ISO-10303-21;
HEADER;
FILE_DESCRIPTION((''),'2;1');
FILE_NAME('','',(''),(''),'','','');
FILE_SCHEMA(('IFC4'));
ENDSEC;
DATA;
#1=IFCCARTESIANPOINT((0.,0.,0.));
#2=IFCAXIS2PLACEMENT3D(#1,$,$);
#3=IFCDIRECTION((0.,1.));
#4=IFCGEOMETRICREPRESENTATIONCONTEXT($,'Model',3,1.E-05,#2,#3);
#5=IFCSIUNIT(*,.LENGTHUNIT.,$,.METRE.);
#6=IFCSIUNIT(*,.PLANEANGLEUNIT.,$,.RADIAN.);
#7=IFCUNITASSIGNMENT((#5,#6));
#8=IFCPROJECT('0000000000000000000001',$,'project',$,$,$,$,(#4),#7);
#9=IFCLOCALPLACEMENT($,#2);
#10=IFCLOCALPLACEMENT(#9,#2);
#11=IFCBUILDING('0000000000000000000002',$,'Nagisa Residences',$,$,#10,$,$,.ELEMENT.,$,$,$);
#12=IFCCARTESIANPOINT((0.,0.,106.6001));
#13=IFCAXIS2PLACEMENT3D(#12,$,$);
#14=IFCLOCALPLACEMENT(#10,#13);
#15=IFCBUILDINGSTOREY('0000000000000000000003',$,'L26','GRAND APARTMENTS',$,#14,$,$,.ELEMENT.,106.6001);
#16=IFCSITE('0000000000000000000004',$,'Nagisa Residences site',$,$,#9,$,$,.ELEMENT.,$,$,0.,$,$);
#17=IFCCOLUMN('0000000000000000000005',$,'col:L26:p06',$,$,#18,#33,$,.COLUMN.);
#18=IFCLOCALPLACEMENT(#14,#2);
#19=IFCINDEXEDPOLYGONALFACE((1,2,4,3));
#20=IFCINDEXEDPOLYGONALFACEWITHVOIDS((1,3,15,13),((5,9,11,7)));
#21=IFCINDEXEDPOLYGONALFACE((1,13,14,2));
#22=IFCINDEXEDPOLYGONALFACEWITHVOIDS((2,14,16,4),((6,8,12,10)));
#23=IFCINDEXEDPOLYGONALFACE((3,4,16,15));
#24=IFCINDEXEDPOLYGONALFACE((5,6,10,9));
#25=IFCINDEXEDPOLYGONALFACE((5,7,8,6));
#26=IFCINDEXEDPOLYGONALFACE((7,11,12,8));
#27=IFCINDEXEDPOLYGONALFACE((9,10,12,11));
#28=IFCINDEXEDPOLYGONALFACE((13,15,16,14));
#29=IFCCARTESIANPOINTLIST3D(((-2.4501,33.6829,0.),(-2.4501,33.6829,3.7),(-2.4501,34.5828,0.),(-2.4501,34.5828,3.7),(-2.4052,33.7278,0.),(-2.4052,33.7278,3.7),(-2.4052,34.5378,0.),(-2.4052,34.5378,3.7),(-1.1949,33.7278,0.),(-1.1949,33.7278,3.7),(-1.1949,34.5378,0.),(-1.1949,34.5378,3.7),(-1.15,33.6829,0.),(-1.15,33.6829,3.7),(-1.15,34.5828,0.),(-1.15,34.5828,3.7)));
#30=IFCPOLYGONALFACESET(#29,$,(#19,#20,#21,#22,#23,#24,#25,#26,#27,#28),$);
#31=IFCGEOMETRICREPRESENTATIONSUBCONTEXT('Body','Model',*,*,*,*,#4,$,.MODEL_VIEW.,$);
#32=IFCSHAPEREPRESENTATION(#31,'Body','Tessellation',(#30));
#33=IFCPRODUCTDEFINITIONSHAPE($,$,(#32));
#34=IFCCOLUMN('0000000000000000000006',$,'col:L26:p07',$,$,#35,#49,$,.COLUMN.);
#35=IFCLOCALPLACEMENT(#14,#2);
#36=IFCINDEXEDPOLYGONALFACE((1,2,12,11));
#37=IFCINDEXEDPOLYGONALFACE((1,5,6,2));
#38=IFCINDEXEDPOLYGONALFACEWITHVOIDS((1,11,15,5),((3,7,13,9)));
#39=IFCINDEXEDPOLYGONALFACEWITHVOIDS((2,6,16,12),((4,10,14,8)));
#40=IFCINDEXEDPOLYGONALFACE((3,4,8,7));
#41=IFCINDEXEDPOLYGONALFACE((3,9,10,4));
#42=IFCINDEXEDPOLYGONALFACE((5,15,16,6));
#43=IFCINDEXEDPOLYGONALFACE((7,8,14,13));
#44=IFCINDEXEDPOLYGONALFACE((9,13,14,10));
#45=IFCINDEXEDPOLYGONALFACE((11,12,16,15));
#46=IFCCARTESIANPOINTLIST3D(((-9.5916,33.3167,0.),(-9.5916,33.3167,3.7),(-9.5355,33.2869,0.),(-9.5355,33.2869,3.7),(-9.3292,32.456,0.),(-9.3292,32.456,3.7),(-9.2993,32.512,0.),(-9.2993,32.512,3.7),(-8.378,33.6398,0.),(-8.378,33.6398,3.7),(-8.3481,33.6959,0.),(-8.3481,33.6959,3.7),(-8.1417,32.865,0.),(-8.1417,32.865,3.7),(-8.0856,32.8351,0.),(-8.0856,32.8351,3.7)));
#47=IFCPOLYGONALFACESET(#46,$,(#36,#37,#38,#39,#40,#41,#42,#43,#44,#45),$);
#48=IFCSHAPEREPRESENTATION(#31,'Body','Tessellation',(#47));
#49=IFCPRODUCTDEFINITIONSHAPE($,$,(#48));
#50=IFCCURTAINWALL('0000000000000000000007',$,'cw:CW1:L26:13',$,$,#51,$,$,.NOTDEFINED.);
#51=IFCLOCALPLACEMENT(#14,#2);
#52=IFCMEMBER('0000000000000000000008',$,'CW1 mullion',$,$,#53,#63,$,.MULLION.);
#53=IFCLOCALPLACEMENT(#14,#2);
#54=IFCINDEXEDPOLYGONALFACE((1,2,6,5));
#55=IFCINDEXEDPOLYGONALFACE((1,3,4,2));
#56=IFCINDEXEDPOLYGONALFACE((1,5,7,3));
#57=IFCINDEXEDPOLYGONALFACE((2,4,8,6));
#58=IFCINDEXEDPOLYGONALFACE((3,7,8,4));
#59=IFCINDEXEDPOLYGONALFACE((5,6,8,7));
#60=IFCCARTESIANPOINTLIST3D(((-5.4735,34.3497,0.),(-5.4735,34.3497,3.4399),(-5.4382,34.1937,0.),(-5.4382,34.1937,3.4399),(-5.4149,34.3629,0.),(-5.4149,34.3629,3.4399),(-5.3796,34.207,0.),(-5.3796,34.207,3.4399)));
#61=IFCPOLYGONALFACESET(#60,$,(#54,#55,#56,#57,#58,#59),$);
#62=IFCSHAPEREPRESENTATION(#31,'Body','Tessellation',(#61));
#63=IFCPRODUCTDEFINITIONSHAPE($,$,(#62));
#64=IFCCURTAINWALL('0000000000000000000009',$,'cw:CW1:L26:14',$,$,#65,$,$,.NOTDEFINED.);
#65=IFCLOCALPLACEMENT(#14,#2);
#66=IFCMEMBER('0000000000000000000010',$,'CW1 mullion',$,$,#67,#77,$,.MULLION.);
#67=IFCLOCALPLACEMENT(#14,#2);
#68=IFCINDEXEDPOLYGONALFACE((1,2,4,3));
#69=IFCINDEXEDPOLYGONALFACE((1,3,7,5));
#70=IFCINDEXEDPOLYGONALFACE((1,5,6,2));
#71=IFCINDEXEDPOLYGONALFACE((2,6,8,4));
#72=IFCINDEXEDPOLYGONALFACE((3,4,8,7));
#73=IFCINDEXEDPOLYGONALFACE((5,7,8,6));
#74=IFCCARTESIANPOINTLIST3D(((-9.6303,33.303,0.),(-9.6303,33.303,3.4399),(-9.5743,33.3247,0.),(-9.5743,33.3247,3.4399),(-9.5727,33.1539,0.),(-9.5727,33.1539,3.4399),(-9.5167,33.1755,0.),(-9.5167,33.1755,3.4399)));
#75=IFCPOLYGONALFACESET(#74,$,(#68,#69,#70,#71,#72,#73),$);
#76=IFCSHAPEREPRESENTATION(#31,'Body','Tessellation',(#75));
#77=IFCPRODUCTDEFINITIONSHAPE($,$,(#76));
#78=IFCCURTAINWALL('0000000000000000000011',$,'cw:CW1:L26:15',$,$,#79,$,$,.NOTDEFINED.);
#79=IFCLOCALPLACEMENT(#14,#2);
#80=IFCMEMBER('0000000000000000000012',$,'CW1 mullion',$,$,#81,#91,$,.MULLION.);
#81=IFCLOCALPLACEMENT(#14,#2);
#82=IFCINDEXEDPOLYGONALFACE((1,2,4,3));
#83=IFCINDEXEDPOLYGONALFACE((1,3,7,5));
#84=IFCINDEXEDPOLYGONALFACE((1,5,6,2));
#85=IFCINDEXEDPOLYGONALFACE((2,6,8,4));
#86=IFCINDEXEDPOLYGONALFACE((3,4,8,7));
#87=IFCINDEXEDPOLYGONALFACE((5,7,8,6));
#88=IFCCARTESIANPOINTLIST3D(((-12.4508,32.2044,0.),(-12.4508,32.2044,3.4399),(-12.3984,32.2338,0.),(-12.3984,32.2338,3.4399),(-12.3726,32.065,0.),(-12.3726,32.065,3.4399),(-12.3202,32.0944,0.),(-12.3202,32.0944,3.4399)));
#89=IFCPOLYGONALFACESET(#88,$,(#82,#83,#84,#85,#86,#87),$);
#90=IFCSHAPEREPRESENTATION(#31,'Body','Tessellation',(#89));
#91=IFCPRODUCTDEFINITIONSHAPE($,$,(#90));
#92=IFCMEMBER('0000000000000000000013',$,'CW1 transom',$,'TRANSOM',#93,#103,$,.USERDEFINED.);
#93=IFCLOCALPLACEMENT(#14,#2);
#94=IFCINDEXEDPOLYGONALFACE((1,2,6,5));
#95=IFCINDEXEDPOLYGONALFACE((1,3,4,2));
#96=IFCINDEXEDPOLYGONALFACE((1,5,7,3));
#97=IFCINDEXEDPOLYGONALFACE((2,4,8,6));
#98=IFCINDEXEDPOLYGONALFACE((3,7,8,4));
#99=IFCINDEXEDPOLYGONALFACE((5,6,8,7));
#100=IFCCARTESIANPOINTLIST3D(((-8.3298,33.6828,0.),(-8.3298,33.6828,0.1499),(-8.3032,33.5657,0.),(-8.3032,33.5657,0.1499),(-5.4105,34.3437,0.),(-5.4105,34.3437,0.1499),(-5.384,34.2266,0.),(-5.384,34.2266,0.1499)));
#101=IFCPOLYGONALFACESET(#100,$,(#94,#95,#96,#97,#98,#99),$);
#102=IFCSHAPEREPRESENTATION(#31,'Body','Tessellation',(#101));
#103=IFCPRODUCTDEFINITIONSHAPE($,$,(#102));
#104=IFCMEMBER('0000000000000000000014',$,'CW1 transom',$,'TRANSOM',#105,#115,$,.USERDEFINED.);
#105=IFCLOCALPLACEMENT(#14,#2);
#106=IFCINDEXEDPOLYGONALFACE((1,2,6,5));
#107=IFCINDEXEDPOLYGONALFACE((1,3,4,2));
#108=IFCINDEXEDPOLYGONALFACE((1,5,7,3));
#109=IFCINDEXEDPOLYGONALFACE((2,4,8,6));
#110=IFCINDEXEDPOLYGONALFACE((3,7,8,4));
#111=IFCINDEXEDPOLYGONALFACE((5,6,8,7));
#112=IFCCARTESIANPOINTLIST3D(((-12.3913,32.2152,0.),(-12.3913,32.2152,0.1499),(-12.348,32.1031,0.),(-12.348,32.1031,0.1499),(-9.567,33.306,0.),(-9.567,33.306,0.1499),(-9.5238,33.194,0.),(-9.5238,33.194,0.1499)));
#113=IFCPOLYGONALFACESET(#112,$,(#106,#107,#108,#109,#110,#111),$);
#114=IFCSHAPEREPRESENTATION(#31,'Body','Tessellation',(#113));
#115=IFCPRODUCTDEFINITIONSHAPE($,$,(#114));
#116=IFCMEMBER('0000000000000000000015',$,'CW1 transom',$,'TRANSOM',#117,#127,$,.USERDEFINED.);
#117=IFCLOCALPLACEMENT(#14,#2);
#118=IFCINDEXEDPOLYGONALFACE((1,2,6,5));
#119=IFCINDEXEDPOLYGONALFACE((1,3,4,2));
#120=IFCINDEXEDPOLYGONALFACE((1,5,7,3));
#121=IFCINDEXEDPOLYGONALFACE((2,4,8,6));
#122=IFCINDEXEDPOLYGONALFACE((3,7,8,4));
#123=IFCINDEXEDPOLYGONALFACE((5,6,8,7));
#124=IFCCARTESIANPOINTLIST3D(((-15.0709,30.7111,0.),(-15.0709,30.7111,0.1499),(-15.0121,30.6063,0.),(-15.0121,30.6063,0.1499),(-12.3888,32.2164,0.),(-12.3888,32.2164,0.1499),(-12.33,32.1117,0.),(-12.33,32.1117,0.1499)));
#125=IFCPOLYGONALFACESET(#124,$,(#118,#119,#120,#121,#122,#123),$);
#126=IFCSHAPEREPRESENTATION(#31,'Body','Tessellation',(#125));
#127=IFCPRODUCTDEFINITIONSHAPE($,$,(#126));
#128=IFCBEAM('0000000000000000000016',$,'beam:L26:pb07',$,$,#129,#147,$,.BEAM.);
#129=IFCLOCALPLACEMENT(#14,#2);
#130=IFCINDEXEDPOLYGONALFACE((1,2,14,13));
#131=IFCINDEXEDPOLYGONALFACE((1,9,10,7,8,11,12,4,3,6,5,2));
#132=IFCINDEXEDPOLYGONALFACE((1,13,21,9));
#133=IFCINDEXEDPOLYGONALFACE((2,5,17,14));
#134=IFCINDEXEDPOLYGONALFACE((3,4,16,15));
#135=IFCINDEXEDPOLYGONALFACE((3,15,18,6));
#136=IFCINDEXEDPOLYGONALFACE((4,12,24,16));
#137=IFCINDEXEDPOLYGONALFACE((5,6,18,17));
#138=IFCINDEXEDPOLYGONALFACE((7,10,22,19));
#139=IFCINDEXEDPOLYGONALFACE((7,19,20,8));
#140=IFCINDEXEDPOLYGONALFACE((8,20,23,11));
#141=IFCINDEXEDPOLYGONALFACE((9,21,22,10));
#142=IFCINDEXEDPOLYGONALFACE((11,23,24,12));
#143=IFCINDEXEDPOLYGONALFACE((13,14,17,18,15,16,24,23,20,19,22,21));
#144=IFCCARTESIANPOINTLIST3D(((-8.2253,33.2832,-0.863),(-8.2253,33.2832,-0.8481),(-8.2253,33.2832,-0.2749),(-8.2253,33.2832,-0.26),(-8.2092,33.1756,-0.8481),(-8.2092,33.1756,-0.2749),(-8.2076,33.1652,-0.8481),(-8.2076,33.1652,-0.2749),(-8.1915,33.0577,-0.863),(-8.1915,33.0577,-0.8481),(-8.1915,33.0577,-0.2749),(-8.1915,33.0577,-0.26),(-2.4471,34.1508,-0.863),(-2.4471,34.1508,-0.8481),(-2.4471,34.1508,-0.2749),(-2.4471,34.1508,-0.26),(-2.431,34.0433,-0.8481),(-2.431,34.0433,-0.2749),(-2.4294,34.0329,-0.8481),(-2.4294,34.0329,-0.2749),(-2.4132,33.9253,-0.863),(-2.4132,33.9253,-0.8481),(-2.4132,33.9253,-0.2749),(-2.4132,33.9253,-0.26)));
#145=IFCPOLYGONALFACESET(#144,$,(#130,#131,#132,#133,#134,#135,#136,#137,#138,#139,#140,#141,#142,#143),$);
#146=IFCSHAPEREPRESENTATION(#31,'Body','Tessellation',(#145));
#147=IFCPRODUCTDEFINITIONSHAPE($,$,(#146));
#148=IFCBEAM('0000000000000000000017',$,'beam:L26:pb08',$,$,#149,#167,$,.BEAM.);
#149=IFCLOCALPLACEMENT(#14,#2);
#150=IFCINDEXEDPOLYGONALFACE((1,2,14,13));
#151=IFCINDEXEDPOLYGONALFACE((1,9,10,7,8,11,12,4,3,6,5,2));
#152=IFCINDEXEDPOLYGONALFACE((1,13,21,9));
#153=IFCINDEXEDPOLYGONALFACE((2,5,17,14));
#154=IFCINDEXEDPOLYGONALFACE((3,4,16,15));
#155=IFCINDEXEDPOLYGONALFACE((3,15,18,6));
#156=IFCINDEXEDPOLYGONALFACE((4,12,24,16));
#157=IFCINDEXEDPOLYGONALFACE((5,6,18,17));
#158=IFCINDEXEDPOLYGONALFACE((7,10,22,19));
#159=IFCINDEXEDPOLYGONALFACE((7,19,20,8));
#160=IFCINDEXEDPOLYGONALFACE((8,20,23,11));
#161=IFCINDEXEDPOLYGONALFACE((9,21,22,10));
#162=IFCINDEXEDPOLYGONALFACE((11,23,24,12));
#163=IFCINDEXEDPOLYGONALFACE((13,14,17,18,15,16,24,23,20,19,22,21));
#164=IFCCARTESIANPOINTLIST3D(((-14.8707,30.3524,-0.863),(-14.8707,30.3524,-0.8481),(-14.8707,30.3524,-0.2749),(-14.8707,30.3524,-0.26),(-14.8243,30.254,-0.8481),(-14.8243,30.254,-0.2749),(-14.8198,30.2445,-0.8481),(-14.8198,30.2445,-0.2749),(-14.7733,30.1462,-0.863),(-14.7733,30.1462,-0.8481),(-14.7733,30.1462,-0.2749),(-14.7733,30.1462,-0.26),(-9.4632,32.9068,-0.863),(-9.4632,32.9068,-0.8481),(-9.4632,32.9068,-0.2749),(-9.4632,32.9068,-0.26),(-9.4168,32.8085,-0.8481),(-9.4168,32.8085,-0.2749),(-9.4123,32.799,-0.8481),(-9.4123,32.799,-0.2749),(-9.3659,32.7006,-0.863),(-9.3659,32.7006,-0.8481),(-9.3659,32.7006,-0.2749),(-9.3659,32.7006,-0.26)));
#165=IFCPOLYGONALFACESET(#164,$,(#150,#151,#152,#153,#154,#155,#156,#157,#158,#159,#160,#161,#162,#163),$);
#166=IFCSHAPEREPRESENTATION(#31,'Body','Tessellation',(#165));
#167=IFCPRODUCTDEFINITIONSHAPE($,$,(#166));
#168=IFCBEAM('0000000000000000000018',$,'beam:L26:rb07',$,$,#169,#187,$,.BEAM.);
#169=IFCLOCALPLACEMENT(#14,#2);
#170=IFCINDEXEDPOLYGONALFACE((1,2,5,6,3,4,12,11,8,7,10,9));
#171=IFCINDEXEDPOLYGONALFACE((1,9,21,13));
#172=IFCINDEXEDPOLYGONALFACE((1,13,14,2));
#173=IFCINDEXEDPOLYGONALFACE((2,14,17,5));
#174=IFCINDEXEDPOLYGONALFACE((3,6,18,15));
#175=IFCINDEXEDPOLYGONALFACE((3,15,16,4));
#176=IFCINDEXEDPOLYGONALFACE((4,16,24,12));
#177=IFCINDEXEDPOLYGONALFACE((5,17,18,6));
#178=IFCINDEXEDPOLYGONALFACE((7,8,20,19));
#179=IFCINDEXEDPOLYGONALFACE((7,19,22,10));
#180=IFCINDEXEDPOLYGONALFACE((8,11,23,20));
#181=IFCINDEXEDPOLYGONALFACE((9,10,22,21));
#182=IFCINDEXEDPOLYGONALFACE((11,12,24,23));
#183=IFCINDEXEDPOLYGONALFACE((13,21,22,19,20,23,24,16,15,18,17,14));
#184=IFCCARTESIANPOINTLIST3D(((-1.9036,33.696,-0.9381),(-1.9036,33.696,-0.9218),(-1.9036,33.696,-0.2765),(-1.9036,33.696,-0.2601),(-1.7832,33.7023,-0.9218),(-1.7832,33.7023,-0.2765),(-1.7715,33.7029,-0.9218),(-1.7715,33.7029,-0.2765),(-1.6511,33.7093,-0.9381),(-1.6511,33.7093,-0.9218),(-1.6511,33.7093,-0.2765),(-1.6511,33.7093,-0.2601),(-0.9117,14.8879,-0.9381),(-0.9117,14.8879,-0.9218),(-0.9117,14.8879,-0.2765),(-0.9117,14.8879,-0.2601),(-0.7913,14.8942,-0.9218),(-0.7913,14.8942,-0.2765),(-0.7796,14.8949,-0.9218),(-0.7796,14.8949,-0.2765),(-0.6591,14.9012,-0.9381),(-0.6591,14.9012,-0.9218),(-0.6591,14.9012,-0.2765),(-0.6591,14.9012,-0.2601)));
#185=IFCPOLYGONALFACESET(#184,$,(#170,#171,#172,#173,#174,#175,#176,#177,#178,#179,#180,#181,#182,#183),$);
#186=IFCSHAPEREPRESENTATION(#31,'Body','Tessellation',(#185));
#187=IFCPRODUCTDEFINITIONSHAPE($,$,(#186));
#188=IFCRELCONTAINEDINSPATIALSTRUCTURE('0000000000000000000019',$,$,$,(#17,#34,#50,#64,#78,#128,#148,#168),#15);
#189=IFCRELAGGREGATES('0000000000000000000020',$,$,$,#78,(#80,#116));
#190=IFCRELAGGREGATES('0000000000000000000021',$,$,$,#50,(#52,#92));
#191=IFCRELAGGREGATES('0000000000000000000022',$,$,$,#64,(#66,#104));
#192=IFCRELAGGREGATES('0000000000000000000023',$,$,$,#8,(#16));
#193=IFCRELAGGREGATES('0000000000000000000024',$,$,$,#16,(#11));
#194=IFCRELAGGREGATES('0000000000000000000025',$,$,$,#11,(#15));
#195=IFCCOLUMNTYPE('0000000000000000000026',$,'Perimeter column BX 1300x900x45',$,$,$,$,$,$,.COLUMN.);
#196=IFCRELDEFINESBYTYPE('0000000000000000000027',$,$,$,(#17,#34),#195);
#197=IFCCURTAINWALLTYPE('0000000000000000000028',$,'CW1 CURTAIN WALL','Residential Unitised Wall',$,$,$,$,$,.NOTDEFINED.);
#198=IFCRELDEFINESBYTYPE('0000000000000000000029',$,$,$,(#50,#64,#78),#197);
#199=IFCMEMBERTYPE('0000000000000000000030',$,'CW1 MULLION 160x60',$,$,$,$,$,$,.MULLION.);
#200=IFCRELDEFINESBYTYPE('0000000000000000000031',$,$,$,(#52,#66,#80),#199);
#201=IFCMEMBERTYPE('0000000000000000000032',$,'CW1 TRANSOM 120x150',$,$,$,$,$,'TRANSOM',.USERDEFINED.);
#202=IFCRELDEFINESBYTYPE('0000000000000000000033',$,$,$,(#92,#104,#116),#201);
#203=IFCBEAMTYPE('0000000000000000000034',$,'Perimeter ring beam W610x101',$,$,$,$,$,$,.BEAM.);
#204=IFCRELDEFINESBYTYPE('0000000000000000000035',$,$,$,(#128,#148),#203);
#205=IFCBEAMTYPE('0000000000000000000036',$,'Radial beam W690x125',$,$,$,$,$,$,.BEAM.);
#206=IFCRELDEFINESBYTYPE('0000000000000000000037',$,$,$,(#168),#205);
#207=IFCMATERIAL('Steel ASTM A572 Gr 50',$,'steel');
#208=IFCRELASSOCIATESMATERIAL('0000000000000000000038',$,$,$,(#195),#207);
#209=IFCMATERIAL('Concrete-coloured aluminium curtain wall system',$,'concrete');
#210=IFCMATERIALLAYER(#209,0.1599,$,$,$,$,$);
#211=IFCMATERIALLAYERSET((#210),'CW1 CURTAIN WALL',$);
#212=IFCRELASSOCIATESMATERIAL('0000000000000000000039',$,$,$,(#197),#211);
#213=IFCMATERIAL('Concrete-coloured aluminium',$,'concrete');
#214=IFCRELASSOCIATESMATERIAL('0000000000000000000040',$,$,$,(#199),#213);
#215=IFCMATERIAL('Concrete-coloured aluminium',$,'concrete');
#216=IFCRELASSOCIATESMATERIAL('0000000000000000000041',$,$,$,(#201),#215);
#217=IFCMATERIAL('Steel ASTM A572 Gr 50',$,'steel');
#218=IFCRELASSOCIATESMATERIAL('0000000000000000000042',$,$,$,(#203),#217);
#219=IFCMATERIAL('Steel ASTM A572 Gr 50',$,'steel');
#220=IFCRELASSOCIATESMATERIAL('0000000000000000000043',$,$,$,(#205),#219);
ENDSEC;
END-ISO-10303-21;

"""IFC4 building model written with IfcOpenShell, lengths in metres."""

from ifc_helpers import new_model, si_unit, direction, frame, origin, origin_2d, place, context, subcontext, project, spatial, rectangle, hollow_rectangle, i_section, extrude, material, layer, layer_set, material_profile, profile_set, type_object, element, aggregate, save


model = new_model("IFC4")

# Units and contexts
model_context = context("Model", 3, precision=1e-05, world=origin(), true_north=direction((0.0, 1.0)))
body_context = subcontext(model_context, "Body", "Model", "MODEL_VIEW")
ifc_project = project(units=[si_unit("LENGTHUNIT", "METRE"), si_unit("PLANEANGLEUNIT", "RADIAN")], contexts=[model_context])

# Site, building, storey
site_placement = place(None, origin())
site = spatial("IfcSite", under=ifc_project, at=site_placement, Name="Nagisa Residences site", CompositionType="ELEMENT", RefElevation=0.0)
building_placement = place(site_placement, origin())
building = spatial("IfcBuilding", under=site, at=building_placement, Name="Nagisa Residences", CompositionType="ELEMENT")
storey_placement = place(building_placement, frame((0.0, 0.0, 106.6001)))
storey = spatial("IfcBuildingStorey", under=building, at=storey_placement, Name="L26", Description="GRAND APARTMENTS", CompositionType="ELEMENT", Elevation=106.6001)

# Columns
ifc_material_1 = material(Name="Steel ASTM A572 Gr 50", Category="steel")
ifc_material_profile_1 = material_profile(ifc_material_1, hollow_rectangle(XDim=1.3, YDim=0.8999, WallThickness=0.0449, at=origin_2d()), Name="BX 1300x900x45")
ifc_profile_set_1 = profile_set([ifc_material_profile_1], Name="Steel ASTM A572 Gr 50")
column_type = type_object("IfcColumnType", Name="Perimeter column BX 1300x900x45", PredefinedType="COLUMN", material=ifc_profile_set_1)
for number, where, z_axis, x_axis, name in (
    (1, (-1.8, 34.1328, 0.0), (0.0, 0.0, 1.0), (-1.0, 0.0, 0.0), "col:L26:p06"),
    (2, (-8.8386, 33.0759, 0.0), (0.0, 0.0, 1.0), (-0.956525, -0.291652, 0.0), "col:L26:p07"),
):
    element("IfcColumn", number, at=place(storey_placement, frame(where, z_axis=z_axis, x_axis=x_axis)), inside=storey, type_object=column_type, Name=name, PredefinedType="COLUMN", context=body_context, shape_type="SweptSolid", body=[
        extrude(hollow_rectangle(XDim=1.3, YDim=0.8999, WallThickness=0.0449, at=origin_2d()), origin(), (0.0, 0.0, 1.0), 3.7),
    ])

# Curtain walls, members
ifc_material_2 = material(Name="Concrete-coloured aluminium curtain wall system", Category="concrete")
ifc_layer_1 = layer(ifc_material_2, 0.1599)
ifc_layer_set_1 = layer_set([ifc_layer_1], Name="CW1 CURTAIN WALL")
curtain_wall_type = type_object("IfcCurtainWallType", Name="CW1 CURTAIN WALL", Description="Residential Unitised Wall", PredefinedType="NOTDEFINED", material=ifc_layer_set_1)
curtain_wall_1_placement = place(storey_placement, origin())
curtain_wall_1 = element("IfcCurtainWall", 3, at=curtain_wall_1_placement, inside=storey, type_object=curtain_wall_type, Name="cw:CW1:L26:13", PredefinedType="NOTDEFINED")
ifc_material_3 = material(Name="Concrete-coloured aluminium", Category="concrete")
ifc_material_profile_2 = material_profile(ifc_material_3, rectangle(XDim=0.1599, YDim=0.0601, at=origin_2d()), Name="CW1 MULLION 160x60")
ifc_profile_set_2 = profile_set([ifc_material_profile_2], Name="Concrete-coloured aluminium")
member_type_1 = type_object("IfcMemberType", Name="CW1 MULLION 160x60", PredefinedType="MULLION", material=ifc_profile_set_2)
member_1_placement = place(storey_placement, frame((-5.4265, 34.2783, 0.0), z_axis=(0.0, 0.0, 1.0), x_axis=(0.220764, -0.975327, 0.0)))
member_1 = element("IfcMember", 4, at=member_1_placement, type_object=member_type_1, Name="CW1 mullion", PredefinedType="MULLION", context=body_context, shape_type="SweptSolid", body=[
    extrude(rectangle(XDim=0.1599, YDim=0.0601, at=origin_2d()), origin(), (0.0, 0.0, 1.0), 3.4399),
])
curtain_wall_2_placement = place(storey_placement, origin())
curtain_wall_2 = element("IfcCurtainWall", 5, at=curtain_wall_2_placement, inside=storey, type_object=curtain_wall_type, Name="cw:CW1:L26:14", PredefinedType="NOTDEFINED")
member_2_placement = place(storey_placement, frame((-9.5735, 33.2393, 0.0), z_axis=(0.0, 0.0, 1.0), x_axis=(0.360328, -0.932826, 0.0)))
member_2 = element("IfcMember", 6, at=member_2_placement, type_object=member_type_1, Name="CW1 mullion", PredefinedType="MULLION", context=body_context, shape_type="SweptSolid", body=[
    extrude(rectangle(XDim=0.1599, YDim=0.0601, at=origin_2d()), origin(), (0.0, 0.0, 1.0), 3.4399),
])
curtain_wall_3_placement = place(storey_placement, origin())
curtain_wall_3 = element("IfcCurtainWall", 7, at=curtain_wall_3_placement, inside=storey, type_object=curtain_wall_type, Name="cw:CW1:L26:15", PredefinedType="NOTDEFINED")
member_3_placement = place(storey_placement, frame((-12.3855, 32.1494, 0.0), z_axis=(0.0, 0.0, 1.0), x_axis=(0.489377, -0.872072, 0.0)))
member_3 = element("IfcMember", 8, at=member_3_placement, type_object=member_type_1, Name="CW1 mullion", PredefinedType="MULLION", context=body_context, shape_type="SweptSolid", body=[
    extrude(rectangle(XDim=0.1599, YDim=0.0601, at=origin_2d()), origin(), (0.0, 0.0, 1.0), 3.4399),
])

# Members
ifc_material_4 = material(Name="Concrete-coloured aluminium", Category="concrete")
ifc_material_profile_3 = material_profile(ifc_material_4, rectangle(XDim=0.1201, YDim=0.1499, at=origin_2d()), Name="CW1 TRANSOM 120x150")
ifc_profile_set_3 = profile_set([ifc_material_profile_3], Name="Concrete-coloured aluminium")
member_type_2 = type_object("IfcMemberType", Name="CW1 TRANSOM 120x150", ElementType="TRANSOM", PredefinedType="USERDEFINED", material=ifc_profile_set_3)
member_4_placement = place(storey_placement, frame((-5.3972, 34.2852, 0.075), z_axis=(-0.975318, -0.220807, 0.0), x_axis=(0.220807, -0.975318, 0.0)))
member_4 = element("IfcMember", 9, at=member_4_placement, type_object=member_type_2, Name="CW1 transom", ObjectType="TRANSOM", PredefinedType="USERDEFINED", context=body_context, shape_type="SweptSolid", body=[
    extrude(rectangle(XDim=0.1201, YDim=0.1499, at=origin_2d()), origin(), (0.0, 0.0, 1.0), 2.9932),
])
member_5_placement = place(storey_placement, frame((-9.5454, 33.25, 0.075), z_axis=(-0.932838, -0.360297, 0.0), x_axis=(0.360297, -0.932838, 0.0)))
member_5 = element("IfcMember", 10, at=member_5_placement, type_object=member_type_2, Name="CW1 transom", ObjectType="TRANSOM", PredefinedType="USERDEFINED", context=body_context, shape_type="SweptSolid", body=[
    extrude(rectangle(XDim=0.1201, YDim=0.1499, at=origin_2d()), origin(), (0.0, 0.0, 1.0), 3.0276),
])
member_6_placement = place(storey_placement, frame((-12.3594, 32.1641, 0.075), z_axis=(-0.872037, -0.489439, 0.0), x_axis=(0.489439, -0.872037, 0.0)))
member_6 = element("IfcMember", 11, at=member_6_placement, type_object=member_type_2, Name="CW1 transom", ObjectType="TRANSOM", PredefinedType="USERDEFINED", context=body_context, shape_type="SweptSolid", body=[
    extrude(rectangle(XDim=0.1201, YDim=0.1499, at=origin_2d()), origin(), (0.0, 0.0, 1.0), 3.0757),
])
aggregate(curtain_wall_3, [member_3, member_6])

# Beams
ifc_material_5 = material(Name="Steel ASTM A572 Gr 50", Category="steel")
ifc_material_profile_4 = material_profile(ifc_material_5, i_section(OverallWidth=0.228, OverallDepth=0.603, WebThickness=0.0105, FlangeThickness=0.0149, at=origin_2d()), Name="W610x101")
ifc_profile_set_4 = profile_set([ifc_material_profile_4], Name="Steel ASTM A572 Gr 50")
beam_type_1 = type_object("IfcBeamType", Name="Perimeter ring beam W610x101", PredefinedType="BEAM", material=ifc_profile_set_4)
beam_1_placement = place(storey_placement, frame((-2.4302, 34.0381, -0.5615), z_axis=(-0.988913, -0.148496, 0.0), x_axis=(0.148496, -0.988913, 0.0)))
element("IfcBeam", 12, at=beam_1_placement, inside=storey, type_object=beam_type_1, Name="beam:L26:pb07", PredefinedType="BEAM", context=body_context, shape_type="SweptSolid", body=[
    extrude(i_section(OverallWidth=0.228, OverallDepth=0.603, WebThickness=0.0105, FlangeThickness=0.0149, at=origin_2d()), origin(), (0.0, 0.0, 1.0), 5.843),
])
beam_2_placement = place(storey_placement, frame((-9.4146, 32.8037, -0.5615), z_axis=(-0.90419, -0.427131, 0.0), x_axis=(0.427131, -0.90419, 0.0)))
element("IfcBeam", 13, at=beam_2_placement, inside=storey, type_object=beam_type_1, Name="beam:L26:pb08", PredefinedType="BEAM", context=body_context, shape_type="SweptSolid", body=[
    extrude(i_section(OverallWidth=0.228, OverallDepth=0.603, WebThickness=0.0105, FlangeThickness=0.0149, at=origin_2d()), origin(), (0.0, 0.0, 1.0), 5.9805),
])
ifc_material_6 = material(Name="Steel ASTM A572 Gr 50", Category="steel")
ifc_material_profile_5 = material_profile(ifc_material_6, i_section(OverallWidth=0.2529, OverallDepth=0.678, WebThickness=0.0117, FlangeThickness=0.0164, at=origin_2d()), Name="W690x125")
ifc_profile_set_5 = profile_set([ifc_material_profile_5], Name="Steel ASTM A572 Gr 50")
beam_type_2 = type_object("IfcBeamType", Name="Radial beam W690x125", PredefinedType="BEAM", material=ifc_profile_set_5)
beam_3_placement = place(storey_placement, frame((-1.7773, 33.7026, -0.5991), z_axis=(0.052667, -0.998612, 0.0), x_axis=(0.998612, 0.052667, 0.0)))
element("IfcBeam", 14, at=beam_3_placement, inside=storey, type_object=beam_type_2, Name="beam:L26:rb07", PredefinedType="BEAM", context=body_context, shape_type="SweptSolid", body=[
    extrude(i_section(OverallWidth=0.2529, OverallDepth=0.678, WebThickness=0.0117, FlangeThickness=0.0164, at=origin_2d()), origin(), (0.0, 0.0, 1.0), 18.8342),
])

aggregate(curtain_wall_1, [member_1, member_4])
aggregate(curtain_wall_2, [member_2, member_5])

save(model, "model.ifc")
